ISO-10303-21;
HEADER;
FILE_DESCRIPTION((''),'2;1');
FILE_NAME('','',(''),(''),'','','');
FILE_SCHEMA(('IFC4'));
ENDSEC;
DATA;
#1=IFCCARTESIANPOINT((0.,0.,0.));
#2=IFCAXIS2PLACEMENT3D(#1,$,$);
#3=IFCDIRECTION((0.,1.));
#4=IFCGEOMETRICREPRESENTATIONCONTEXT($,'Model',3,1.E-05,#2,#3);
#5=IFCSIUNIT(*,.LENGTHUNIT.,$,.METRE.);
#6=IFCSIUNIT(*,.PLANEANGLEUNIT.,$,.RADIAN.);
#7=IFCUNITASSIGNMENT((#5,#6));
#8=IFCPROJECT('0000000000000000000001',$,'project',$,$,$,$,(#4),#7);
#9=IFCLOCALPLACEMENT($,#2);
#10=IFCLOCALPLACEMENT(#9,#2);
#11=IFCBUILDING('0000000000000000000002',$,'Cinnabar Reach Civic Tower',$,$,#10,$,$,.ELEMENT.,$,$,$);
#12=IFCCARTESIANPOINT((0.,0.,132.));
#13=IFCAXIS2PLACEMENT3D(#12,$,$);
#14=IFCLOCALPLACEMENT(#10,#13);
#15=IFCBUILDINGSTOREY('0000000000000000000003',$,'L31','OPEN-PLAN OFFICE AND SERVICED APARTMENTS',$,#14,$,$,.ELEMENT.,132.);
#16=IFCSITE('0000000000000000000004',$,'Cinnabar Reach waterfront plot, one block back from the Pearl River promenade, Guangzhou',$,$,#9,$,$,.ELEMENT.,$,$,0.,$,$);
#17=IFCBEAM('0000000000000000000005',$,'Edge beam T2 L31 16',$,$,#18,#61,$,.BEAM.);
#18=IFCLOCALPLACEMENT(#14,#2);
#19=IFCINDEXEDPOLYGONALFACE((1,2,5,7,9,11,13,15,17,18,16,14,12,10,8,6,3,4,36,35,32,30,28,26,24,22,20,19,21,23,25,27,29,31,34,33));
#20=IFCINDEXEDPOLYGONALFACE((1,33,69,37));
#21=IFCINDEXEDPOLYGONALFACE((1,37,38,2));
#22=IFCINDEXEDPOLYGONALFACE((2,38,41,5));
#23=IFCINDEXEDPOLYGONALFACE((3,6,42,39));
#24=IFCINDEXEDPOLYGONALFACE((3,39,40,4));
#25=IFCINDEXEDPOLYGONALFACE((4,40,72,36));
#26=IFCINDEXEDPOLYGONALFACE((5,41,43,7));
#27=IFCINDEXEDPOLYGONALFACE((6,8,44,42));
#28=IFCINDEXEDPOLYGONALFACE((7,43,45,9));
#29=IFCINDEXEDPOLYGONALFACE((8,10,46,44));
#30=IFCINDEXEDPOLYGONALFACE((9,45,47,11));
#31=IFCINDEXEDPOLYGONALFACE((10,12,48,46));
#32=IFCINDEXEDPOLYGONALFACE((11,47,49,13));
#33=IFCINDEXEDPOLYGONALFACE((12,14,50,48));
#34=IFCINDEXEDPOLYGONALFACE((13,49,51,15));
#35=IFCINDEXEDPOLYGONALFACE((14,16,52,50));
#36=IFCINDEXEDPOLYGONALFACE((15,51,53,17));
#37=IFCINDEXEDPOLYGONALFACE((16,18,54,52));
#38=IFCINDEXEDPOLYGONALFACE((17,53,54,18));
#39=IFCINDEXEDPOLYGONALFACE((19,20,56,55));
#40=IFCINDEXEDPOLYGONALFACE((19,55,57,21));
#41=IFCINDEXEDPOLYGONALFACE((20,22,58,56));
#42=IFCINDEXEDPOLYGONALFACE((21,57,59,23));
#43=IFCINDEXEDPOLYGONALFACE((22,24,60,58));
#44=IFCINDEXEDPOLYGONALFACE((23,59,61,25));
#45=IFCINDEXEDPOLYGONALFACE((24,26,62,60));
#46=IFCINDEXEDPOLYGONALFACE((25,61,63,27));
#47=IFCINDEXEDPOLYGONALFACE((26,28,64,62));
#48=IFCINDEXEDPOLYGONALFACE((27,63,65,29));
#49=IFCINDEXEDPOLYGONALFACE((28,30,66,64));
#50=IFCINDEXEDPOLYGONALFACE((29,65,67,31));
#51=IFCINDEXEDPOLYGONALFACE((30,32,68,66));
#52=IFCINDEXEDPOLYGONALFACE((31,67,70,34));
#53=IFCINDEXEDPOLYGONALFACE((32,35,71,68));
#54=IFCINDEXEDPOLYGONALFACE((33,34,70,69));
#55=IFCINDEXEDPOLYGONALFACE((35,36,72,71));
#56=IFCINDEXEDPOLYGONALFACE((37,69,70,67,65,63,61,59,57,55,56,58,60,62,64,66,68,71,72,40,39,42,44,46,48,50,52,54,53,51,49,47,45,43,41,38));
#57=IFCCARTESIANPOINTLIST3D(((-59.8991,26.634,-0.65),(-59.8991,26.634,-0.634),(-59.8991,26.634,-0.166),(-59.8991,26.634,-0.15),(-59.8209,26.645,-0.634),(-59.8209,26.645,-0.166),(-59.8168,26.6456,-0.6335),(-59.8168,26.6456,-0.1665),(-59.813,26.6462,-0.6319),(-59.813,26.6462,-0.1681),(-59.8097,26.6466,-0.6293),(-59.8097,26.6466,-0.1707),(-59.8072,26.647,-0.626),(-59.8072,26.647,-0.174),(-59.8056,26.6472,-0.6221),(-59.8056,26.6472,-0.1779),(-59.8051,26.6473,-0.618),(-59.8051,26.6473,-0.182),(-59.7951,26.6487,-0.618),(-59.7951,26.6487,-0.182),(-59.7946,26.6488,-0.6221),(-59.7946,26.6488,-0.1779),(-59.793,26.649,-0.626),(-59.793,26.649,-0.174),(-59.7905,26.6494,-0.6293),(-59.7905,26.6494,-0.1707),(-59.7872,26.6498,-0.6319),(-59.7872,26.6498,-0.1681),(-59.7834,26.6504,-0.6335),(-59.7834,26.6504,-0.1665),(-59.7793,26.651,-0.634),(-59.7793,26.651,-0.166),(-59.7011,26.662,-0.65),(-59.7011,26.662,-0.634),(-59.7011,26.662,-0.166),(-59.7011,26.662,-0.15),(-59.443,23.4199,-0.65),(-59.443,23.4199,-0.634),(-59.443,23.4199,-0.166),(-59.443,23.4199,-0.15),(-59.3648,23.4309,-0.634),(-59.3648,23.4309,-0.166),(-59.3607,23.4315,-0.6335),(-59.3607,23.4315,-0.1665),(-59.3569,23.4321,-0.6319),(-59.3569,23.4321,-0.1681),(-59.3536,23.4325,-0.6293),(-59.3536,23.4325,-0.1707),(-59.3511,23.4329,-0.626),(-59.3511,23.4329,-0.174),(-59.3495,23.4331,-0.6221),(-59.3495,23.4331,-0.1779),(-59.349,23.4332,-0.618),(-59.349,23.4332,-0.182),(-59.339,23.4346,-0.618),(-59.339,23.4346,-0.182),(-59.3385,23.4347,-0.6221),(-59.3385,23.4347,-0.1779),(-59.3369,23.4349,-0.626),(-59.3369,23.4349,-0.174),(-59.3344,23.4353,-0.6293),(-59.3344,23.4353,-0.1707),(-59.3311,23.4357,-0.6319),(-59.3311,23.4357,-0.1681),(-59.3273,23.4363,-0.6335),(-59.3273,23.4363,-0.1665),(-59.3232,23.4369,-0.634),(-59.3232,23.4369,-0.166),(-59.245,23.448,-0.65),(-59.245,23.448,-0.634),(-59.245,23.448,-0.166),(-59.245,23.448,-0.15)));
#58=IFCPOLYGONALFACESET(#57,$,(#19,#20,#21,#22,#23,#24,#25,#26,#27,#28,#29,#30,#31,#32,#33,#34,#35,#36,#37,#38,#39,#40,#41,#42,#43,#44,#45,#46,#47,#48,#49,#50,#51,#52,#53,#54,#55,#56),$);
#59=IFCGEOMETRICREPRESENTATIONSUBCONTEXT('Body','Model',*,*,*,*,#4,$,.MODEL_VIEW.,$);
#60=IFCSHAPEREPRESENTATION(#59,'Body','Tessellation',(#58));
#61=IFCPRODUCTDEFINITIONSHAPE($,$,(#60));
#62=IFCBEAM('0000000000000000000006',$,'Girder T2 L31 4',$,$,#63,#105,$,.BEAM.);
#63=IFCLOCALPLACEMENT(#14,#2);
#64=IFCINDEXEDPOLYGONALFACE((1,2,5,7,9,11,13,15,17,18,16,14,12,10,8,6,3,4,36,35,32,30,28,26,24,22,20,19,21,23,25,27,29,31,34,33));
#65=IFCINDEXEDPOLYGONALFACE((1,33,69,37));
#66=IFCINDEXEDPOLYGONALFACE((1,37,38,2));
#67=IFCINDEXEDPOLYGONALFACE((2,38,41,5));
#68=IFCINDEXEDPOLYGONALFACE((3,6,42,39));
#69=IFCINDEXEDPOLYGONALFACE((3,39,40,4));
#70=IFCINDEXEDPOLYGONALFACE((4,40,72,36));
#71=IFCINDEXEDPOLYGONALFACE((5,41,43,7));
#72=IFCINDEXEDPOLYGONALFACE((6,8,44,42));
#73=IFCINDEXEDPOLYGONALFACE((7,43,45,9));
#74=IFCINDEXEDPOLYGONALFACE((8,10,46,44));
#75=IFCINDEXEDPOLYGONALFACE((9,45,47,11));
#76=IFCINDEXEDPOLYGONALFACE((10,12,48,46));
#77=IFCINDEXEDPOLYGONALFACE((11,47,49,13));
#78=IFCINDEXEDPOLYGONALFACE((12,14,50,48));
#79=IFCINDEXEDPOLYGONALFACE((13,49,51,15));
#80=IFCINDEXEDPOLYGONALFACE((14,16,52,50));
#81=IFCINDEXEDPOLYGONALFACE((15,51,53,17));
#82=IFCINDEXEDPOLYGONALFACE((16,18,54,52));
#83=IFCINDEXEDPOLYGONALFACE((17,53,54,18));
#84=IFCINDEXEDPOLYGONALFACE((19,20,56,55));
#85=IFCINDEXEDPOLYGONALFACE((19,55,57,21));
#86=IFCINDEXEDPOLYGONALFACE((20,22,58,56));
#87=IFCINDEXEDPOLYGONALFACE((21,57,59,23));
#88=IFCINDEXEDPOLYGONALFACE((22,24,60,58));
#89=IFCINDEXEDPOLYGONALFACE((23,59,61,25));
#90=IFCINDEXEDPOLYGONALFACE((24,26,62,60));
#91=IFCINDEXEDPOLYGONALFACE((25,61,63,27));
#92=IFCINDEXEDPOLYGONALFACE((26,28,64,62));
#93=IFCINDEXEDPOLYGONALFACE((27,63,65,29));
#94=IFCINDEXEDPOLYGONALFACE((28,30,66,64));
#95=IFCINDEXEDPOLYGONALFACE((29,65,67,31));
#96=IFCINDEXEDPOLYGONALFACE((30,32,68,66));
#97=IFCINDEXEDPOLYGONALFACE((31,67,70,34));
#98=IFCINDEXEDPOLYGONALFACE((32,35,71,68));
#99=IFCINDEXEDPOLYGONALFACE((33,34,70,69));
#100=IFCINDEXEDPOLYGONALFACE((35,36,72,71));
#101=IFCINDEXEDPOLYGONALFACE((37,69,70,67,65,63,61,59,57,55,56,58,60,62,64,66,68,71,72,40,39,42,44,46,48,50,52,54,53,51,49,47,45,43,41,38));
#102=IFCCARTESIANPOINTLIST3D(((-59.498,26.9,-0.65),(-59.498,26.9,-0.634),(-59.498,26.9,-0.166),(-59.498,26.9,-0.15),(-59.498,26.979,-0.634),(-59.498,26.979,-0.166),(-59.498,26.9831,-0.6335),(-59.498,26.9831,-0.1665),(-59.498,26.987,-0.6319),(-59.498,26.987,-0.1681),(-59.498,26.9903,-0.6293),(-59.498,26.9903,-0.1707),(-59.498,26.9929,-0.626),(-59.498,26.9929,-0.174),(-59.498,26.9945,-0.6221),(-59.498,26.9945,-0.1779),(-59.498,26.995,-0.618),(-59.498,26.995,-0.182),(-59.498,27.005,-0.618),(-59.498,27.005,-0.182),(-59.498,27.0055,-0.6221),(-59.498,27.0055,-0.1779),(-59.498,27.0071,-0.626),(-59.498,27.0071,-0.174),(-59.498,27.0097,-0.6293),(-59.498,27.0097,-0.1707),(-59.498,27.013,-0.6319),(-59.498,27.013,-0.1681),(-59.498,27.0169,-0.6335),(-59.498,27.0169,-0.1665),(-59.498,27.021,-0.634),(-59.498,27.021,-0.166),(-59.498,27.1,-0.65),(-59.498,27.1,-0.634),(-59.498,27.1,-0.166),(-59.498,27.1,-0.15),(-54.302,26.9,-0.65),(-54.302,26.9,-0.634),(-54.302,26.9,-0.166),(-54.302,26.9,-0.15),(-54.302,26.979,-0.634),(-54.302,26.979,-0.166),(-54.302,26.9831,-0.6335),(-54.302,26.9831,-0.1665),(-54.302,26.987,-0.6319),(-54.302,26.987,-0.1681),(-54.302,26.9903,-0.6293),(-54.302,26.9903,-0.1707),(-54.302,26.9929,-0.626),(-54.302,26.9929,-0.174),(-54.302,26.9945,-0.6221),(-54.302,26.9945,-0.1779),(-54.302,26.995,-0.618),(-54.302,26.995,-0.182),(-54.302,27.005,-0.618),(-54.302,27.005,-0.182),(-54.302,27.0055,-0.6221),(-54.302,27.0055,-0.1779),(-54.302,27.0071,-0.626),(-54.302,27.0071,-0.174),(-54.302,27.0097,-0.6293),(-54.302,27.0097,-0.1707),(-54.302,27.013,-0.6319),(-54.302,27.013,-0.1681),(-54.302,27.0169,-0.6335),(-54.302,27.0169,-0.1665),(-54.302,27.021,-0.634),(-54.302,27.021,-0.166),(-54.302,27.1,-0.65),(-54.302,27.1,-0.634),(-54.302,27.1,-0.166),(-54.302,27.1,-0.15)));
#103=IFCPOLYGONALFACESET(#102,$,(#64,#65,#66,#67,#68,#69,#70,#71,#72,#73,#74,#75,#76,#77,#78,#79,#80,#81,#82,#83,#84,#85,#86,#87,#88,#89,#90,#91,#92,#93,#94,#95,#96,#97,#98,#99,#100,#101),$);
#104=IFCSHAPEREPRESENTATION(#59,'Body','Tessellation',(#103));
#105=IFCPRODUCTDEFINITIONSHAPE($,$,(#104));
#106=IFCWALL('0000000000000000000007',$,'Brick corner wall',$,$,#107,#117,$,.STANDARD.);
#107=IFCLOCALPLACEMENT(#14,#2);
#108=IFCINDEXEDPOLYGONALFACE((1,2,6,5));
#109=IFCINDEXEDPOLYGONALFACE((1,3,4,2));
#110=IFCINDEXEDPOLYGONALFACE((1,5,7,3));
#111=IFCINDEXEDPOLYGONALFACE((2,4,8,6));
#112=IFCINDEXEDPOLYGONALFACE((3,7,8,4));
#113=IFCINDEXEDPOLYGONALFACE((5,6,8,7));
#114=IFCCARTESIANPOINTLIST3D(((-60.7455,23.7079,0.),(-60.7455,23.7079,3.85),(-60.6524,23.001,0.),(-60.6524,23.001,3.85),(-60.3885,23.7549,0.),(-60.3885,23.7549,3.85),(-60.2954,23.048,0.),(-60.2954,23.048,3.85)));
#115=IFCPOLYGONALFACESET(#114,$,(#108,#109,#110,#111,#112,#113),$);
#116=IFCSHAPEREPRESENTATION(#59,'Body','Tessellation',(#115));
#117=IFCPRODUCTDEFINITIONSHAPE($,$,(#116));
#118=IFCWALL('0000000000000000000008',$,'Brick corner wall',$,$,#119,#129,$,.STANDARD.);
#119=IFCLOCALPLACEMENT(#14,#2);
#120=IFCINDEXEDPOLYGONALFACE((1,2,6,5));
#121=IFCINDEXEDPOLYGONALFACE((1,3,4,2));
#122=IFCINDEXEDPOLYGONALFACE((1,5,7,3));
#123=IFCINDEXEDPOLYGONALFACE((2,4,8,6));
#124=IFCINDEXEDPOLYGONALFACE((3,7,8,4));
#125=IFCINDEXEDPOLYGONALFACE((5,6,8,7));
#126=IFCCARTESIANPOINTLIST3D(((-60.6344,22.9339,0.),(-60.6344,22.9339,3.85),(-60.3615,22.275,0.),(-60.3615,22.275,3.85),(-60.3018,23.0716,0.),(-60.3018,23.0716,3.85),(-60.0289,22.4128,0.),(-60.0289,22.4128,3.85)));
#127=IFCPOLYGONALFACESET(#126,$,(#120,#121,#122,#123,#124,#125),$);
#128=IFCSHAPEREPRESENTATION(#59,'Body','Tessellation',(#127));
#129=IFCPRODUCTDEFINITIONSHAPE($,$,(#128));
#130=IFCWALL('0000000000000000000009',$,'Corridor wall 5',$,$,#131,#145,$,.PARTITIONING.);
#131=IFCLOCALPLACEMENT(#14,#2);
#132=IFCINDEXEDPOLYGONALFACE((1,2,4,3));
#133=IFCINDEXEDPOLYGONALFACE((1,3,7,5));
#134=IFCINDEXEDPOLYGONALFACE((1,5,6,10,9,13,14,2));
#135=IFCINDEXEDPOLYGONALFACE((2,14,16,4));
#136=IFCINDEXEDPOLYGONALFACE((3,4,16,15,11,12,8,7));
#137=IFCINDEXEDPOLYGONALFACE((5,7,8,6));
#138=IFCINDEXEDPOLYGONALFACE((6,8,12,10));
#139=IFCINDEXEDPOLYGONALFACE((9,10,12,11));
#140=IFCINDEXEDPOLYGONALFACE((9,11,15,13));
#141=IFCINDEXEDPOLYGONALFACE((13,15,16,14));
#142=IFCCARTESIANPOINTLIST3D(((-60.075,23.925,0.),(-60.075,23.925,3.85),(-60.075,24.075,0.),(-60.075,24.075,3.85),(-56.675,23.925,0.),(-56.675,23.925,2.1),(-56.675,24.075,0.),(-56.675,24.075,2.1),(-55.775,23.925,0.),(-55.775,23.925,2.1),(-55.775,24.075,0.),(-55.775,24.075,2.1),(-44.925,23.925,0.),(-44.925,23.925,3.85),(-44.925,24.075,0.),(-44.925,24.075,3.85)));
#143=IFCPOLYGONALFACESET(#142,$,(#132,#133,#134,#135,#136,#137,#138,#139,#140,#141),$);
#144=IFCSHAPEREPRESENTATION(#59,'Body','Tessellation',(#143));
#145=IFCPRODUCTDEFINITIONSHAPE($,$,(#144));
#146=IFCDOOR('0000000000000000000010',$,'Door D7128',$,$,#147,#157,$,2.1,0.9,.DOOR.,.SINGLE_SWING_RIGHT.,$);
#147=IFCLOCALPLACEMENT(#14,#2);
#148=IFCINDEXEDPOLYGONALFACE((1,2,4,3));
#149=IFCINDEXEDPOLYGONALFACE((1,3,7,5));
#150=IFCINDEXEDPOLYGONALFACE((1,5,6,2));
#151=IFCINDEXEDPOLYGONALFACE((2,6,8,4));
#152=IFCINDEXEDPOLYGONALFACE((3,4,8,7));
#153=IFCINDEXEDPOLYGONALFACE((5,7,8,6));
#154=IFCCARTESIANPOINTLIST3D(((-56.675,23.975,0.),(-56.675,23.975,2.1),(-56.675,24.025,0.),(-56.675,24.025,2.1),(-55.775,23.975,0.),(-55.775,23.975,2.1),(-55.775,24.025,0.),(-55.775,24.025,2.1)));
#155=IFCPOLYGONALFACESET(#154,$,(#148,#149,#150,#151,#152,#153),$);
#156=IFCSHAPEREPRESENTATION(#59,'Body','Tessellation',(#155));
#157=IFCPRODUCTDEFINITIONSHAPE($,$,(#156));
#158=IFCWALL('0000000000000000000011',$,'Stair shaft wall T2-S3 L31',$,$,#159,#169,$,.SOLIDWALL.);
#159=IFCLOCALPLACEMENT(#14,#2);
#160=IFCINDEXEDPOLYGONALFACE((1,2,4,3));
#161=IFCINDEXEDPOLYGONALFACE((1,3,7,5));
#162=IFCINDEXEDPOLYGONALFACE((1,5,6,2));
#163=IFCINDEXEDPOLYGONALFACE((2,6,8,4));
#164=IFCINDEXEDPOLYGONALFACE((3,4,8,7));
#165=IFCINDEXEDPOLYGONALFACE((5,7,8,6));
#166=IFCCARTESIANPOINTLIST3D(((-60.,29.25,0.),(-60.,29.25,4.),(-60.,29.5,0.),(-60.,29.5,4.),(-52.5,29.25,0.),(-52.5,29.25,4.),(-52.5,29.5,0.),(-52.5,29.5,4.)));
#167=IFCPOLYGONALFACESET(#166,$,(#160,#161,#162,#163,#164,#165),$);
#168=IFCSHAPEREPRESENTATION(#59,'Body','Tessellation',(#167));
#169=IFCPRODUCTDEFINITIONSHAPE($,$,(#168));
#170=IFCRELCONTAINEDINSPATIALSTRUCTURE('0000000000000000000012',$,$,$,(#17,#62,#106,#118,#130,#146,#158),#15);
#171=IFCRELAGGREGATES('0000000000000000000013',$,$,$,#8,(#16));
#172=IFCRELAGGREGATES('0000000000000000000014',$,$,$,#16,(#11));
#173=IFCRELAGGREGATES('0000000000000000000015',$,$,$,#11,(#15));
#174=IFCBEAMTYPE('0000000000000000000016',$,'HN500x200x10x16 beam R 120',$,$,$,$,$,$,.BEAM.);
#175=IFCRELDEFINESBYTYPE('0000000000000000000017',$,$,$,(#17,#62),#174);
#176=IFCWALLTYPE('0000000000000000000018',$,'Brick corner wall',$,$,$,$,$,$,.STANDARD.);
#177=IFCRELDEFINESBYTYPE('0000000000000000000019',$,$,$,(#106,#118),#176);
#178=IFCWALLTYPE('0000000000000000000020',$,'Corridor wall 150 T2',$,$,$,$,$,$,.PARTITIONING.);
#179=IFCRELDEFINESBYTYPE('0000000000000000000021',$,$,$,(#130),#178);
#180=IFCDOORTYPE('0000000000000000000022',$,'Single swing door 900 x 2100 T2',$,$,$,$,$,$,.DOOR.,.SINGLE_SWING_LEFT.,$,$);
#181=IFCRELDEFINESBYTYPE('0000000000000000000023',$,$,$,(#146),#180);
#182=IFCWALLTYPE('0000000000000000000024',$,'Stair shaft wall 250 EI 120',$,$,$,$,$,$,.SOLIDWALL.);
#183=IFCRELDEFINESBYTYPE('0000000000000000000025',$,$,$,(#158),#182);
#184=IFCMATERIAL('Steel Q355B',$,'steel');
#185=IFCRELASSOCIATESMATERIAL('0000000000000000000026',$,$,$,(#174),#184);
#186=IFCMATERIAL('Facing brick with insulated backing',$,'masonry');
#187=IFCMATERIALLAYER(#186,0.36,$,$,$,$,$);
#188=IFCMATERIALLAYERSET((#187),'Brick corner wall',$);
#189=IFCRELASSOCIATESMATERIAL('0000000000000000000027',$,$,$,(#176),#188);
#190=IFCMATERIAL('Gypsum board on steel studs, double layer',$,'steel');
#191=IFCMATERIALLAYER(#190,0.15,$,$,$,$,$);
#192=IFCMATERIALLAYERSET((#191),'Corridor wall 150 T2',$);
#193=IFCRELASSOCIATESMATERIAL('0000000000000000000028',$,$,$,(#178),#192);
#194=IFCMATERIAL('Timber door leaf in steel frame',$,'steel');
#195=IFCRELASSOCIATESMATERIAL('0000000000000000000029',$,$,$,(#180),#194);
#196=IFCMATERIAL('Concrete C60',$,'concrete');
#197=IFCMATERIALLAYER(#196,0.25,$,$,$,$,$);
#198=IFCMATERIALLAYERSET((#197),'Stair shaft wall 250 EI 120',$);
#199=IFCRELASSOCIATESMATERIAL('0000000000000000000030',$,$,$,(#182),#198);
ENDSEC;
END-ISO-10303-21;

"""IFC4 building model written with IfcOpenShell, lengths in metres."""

from ifc_helpers import new_model, si_unit, direction, frame, frame_2d, origin, origin_2d, place, context, subcontext, project, spatial, rectangle, i_section, extrude, material, layer, layer_set, material_profile, profile_set, type_object, element, fill, save


model = new_model("IFC4")

# Units and contexts
model_context = context("Model", 3, precision=1e-05, world=origin(), true_north=direction((0.0, 1.0)))
body_context = subcontext(model_context, "Body", "Model", "MODEL_VIEW")
ifc_project = project(units=[si_unit("LENGTHUNIT", "METRE"), si_unit("PLANEANGLEUNIT", "RADIAN")], contexts=[model_context])

# Site, building, storey
site_placement = place(None, origin())
site = spatial("IfcSite", under=ifc_project, at=site_placement, Name="Cinnabar Reach waterfront plot, one block back from the Pearl River promenade, Guangzhou", CompositionType="ELEMENT", RefElevation=0.0)
building_placement = place(site_placement, origin())
building = spatial("IfcBuilding", under=site, at=building_placement, Name="Cinnabar Reach Civic Tower", CompositionType="ELEMENT")
storey_placement = place(building_placement, frame((0.0, 0.0, 132.0)))
storey = spatial("IfcBuildingStorey", under=building, at=storey_placement, Name="L31", Description="OPEN-PLAN OFFICE AND SERVICED APARTMENTS", CompositionType="ELEMENT", Elevation=132.0)

# Shared definitions
ifc_material_1 = material(Name="Concrete C60", Category="concrete")

# Beams
ifc_material_2 = material(Name="Steel Q355B", Category="steel")
ifc_material_profile_1 = material_profile(ifc_material_2, i_section(OverallWidth=0.2, OverallDepth=0.5, WebThickness=0.01, FlangeThickness=0.016, FilletRadius=0.016, at=origin_2d()), Name="HN500x200x10x16")
ifc_profile_set_1 = profile_set([ifc_material_profile_1], Name="Steel Q355B")
beam_type_1 = type_object("IfcBeamType", Name="HN500x200x10x16 beam R 120", PredefinedType="BEAM", material=ifc_profile_set_1)
beam_1_placement = place(storey_placement, frame((-59.8001, 26.648, -0.4), z_axis=(0.140498, -0.990081, 0.0), x_axis=(0.990081, 0.140498, 0.0)))
element("IfcBeam", 1, at=beam_1_placement, inside=storey, type_object=beam_type_1, Name="Edge beam T2 L31 16", PredefinedType="BEAM", context=body_context, shape_type="SweptSolid", body=[
    extrude(i_section(OverallWidth=0.2, OverallDepth=0.5, WebThickness=0.01, FlangeThickness=0.016, FilletRadius=0.016, at=origin_2d()), origin(), (0.0, 0.0, 1.0), 3.2463),
])
beam_2_placement = place(storey_placement, frame((-59.498, 27.0, -0.4), z_axis=(1.0, 0.0, 0.0), x_axis=(0.0, 1.0, 0.0)))
element("IfcBeam", 2, at=beam_2_placement, inside=storey, type_object=beam_type_1, Name="Girder T2 L31 4", PredefinedType="BEAM", context=body_context, shape_type="SweptSolid", body=[
    extrude(i_section(OverallWidth=0.2, OverallDepth=0.5, WebThickness=0.01, FlangeThickness=0.016, FilletRadius=0.016, at=origin_2d()), origin(), (0.0, 0.0, 1.0), 5.196),
])

# Walls
ifc_material_3 = material(Name="Facing brick with insulated backing", Category="masonry")
ifc_layer_1 = layer(ifc_material_3, 0.36)
ifc_layer_set_1 = layer_set([ifc_layer_1], Name="Brick corner wall")
wall_type_1 = type_object("IfcWallType", Name="Brick corner wall", PredefinedType="STANDARD", material=ifc_layer_set_1)
for number, where, z_axis, x_axis, name in (
    (3, (-60.567, 23.7314, 0.0), (0.0, 0.0, 1.0), (0.130556, -0.991441, 0.0), "Brick corner wall"),
    (4, (-60.4681, 23.0027, 0.0), (0.0, 0.0, 1.0), (0.382703, -0.923872, 0.0), "Brick corner wall"),
):
    element("IfcWall", number, at=place(storey_placement, frame(where, z_axis=z_axis, x_axis=x_axis)), inside=storey, type_object=wall_type_1, Name=name, PredefinedType="STANDARD", context=body_context, shape_type="SweptSolid", body=[
        extrude(rectangle(XDim=0.7131, YDim=0.36, at=frame_2d((0.3565, 0.0))), origin(), (0.0, 0.0, 1.0), 3.85),
    ])

# Wall, opening, door
ifc_material_4 = material(Name="Gypsum board on steel studs, double layer", Category="steel")
ifc_layer_2 = layer(ifc_material_4, 0.15)
ifc_layer_set_2 = layer_set([ifc_layer_2], Name="Corridor wall 150 T2")
wall_type_2 = type_object("IfcWallType", Name="Corridor wall 150 T2", PredefinedType="PARTITIONING", material=ifc_layer_set_2)
wall_1_placement = place(storey_placement, frame((-60.075, 24.0, 0.0), z_axis=(0.0, 0.0, 1.0), x_axis=(1.0, 0.0, 0.0)))
wall_1 = element("IfcWall", 5, at=wall_1_placement, inside=storey, type_object=wall_type_2, Name="Corridor wall 5", PredefinedType="PARTITIONING", context=body_context, shape_type="SweptSolid", body=[
    extrude(rectangle(XDim=15.15, YDim=0.15, at=frame_2d((7.575, 0.0))), origin(), (0.0, 0.0, 1.0), 3.85),
])
opening_placement = place(wall_1_placement, frame((3.4, 0.0, 0.0)))
opening = element("IfcOpeningElement", 6, at=opening_placement, cuts=wall_1, PredefinedType="OPENING", context=body_context, shape_type="SweptSolid", body=[
    extrude(rectangle(XDim=0.9, YDim=2.1, at=frame_2d((0.45, 1.05))), frame((0.0, 0.085, 0.0), z_axis=(0.0, -1.0, 0.0), x_axis=(1.0, 0.0, 0.0)), (0.0, 0.0, 1.0), 0.17),
])
ifc_material_5 = material(Name="Timber door leaf in steel frame", Category="steel")
door_type = type_object("IfcDoorType", Name="Single swing door 900 x 2100 T2", OperationType="SINGLE_SWING_LEFT", PredefinedType="DOOR", material=ifc_material_5)
door_placement = place(opening_placement, origin())
door = element("IfcDoor", 7, at=door_placement, inside=storey, type_object=door_type, Name="Door D7128", OperationType="SINGLE_SWING_RIGHT", OverallHeight=2.1, OverallWidth=0.9, PredefinedType="DOOR", context=body_context, shape_type="SweptSolid", body=[
    extrude(rectangle(XDim=0.9, YDim=2.1, at=frame_2d((0.45, 1.05))), frame((0.0, 0.025, 0.0), z_axis=(0.0, -1.0, 0.0), x_axis=(1.0, 0.0, 0.0)), (0.0, 0.0, 1.0), 0.05),
])
fill(opening, door)

# Wall
ifc_layer_3 = layer(ifc_material_1, 0.25)
ifc_layer_set_3 = layer_set([ifc_layer_3], Name="Stair shaft wall 250 EI 120")
wall_type_3 = type_object("IfcWallType", Name="Stair shaft wall 250 EI 120", PredefinedType="SOLIDWALL", material=ifc_layer_set_3)
wall_2_placement = place(storey_placement, frame((-60.0, 29.375, 0.0), z_axis=(0.0, 0.0, 1.0), x_axis=(1.0, 0.0, 0.0)))
element("IfcWall", 8, at=wall_2_placement, inside=storey, type_object=wall_type_3, Name="Stair shaft wall T2-S3 L31", PredefinedType="SOLIDWALL", context=body_context, shape_type="SweptSolid", body=[
    extrude(rectangle(XDim=7.5, YDim=0.25, at=frame_2d((3.75, 0.0))), origin(), (0.0, 0.0, 1.0), 4.0),
])

save(model, "model.ifc")
